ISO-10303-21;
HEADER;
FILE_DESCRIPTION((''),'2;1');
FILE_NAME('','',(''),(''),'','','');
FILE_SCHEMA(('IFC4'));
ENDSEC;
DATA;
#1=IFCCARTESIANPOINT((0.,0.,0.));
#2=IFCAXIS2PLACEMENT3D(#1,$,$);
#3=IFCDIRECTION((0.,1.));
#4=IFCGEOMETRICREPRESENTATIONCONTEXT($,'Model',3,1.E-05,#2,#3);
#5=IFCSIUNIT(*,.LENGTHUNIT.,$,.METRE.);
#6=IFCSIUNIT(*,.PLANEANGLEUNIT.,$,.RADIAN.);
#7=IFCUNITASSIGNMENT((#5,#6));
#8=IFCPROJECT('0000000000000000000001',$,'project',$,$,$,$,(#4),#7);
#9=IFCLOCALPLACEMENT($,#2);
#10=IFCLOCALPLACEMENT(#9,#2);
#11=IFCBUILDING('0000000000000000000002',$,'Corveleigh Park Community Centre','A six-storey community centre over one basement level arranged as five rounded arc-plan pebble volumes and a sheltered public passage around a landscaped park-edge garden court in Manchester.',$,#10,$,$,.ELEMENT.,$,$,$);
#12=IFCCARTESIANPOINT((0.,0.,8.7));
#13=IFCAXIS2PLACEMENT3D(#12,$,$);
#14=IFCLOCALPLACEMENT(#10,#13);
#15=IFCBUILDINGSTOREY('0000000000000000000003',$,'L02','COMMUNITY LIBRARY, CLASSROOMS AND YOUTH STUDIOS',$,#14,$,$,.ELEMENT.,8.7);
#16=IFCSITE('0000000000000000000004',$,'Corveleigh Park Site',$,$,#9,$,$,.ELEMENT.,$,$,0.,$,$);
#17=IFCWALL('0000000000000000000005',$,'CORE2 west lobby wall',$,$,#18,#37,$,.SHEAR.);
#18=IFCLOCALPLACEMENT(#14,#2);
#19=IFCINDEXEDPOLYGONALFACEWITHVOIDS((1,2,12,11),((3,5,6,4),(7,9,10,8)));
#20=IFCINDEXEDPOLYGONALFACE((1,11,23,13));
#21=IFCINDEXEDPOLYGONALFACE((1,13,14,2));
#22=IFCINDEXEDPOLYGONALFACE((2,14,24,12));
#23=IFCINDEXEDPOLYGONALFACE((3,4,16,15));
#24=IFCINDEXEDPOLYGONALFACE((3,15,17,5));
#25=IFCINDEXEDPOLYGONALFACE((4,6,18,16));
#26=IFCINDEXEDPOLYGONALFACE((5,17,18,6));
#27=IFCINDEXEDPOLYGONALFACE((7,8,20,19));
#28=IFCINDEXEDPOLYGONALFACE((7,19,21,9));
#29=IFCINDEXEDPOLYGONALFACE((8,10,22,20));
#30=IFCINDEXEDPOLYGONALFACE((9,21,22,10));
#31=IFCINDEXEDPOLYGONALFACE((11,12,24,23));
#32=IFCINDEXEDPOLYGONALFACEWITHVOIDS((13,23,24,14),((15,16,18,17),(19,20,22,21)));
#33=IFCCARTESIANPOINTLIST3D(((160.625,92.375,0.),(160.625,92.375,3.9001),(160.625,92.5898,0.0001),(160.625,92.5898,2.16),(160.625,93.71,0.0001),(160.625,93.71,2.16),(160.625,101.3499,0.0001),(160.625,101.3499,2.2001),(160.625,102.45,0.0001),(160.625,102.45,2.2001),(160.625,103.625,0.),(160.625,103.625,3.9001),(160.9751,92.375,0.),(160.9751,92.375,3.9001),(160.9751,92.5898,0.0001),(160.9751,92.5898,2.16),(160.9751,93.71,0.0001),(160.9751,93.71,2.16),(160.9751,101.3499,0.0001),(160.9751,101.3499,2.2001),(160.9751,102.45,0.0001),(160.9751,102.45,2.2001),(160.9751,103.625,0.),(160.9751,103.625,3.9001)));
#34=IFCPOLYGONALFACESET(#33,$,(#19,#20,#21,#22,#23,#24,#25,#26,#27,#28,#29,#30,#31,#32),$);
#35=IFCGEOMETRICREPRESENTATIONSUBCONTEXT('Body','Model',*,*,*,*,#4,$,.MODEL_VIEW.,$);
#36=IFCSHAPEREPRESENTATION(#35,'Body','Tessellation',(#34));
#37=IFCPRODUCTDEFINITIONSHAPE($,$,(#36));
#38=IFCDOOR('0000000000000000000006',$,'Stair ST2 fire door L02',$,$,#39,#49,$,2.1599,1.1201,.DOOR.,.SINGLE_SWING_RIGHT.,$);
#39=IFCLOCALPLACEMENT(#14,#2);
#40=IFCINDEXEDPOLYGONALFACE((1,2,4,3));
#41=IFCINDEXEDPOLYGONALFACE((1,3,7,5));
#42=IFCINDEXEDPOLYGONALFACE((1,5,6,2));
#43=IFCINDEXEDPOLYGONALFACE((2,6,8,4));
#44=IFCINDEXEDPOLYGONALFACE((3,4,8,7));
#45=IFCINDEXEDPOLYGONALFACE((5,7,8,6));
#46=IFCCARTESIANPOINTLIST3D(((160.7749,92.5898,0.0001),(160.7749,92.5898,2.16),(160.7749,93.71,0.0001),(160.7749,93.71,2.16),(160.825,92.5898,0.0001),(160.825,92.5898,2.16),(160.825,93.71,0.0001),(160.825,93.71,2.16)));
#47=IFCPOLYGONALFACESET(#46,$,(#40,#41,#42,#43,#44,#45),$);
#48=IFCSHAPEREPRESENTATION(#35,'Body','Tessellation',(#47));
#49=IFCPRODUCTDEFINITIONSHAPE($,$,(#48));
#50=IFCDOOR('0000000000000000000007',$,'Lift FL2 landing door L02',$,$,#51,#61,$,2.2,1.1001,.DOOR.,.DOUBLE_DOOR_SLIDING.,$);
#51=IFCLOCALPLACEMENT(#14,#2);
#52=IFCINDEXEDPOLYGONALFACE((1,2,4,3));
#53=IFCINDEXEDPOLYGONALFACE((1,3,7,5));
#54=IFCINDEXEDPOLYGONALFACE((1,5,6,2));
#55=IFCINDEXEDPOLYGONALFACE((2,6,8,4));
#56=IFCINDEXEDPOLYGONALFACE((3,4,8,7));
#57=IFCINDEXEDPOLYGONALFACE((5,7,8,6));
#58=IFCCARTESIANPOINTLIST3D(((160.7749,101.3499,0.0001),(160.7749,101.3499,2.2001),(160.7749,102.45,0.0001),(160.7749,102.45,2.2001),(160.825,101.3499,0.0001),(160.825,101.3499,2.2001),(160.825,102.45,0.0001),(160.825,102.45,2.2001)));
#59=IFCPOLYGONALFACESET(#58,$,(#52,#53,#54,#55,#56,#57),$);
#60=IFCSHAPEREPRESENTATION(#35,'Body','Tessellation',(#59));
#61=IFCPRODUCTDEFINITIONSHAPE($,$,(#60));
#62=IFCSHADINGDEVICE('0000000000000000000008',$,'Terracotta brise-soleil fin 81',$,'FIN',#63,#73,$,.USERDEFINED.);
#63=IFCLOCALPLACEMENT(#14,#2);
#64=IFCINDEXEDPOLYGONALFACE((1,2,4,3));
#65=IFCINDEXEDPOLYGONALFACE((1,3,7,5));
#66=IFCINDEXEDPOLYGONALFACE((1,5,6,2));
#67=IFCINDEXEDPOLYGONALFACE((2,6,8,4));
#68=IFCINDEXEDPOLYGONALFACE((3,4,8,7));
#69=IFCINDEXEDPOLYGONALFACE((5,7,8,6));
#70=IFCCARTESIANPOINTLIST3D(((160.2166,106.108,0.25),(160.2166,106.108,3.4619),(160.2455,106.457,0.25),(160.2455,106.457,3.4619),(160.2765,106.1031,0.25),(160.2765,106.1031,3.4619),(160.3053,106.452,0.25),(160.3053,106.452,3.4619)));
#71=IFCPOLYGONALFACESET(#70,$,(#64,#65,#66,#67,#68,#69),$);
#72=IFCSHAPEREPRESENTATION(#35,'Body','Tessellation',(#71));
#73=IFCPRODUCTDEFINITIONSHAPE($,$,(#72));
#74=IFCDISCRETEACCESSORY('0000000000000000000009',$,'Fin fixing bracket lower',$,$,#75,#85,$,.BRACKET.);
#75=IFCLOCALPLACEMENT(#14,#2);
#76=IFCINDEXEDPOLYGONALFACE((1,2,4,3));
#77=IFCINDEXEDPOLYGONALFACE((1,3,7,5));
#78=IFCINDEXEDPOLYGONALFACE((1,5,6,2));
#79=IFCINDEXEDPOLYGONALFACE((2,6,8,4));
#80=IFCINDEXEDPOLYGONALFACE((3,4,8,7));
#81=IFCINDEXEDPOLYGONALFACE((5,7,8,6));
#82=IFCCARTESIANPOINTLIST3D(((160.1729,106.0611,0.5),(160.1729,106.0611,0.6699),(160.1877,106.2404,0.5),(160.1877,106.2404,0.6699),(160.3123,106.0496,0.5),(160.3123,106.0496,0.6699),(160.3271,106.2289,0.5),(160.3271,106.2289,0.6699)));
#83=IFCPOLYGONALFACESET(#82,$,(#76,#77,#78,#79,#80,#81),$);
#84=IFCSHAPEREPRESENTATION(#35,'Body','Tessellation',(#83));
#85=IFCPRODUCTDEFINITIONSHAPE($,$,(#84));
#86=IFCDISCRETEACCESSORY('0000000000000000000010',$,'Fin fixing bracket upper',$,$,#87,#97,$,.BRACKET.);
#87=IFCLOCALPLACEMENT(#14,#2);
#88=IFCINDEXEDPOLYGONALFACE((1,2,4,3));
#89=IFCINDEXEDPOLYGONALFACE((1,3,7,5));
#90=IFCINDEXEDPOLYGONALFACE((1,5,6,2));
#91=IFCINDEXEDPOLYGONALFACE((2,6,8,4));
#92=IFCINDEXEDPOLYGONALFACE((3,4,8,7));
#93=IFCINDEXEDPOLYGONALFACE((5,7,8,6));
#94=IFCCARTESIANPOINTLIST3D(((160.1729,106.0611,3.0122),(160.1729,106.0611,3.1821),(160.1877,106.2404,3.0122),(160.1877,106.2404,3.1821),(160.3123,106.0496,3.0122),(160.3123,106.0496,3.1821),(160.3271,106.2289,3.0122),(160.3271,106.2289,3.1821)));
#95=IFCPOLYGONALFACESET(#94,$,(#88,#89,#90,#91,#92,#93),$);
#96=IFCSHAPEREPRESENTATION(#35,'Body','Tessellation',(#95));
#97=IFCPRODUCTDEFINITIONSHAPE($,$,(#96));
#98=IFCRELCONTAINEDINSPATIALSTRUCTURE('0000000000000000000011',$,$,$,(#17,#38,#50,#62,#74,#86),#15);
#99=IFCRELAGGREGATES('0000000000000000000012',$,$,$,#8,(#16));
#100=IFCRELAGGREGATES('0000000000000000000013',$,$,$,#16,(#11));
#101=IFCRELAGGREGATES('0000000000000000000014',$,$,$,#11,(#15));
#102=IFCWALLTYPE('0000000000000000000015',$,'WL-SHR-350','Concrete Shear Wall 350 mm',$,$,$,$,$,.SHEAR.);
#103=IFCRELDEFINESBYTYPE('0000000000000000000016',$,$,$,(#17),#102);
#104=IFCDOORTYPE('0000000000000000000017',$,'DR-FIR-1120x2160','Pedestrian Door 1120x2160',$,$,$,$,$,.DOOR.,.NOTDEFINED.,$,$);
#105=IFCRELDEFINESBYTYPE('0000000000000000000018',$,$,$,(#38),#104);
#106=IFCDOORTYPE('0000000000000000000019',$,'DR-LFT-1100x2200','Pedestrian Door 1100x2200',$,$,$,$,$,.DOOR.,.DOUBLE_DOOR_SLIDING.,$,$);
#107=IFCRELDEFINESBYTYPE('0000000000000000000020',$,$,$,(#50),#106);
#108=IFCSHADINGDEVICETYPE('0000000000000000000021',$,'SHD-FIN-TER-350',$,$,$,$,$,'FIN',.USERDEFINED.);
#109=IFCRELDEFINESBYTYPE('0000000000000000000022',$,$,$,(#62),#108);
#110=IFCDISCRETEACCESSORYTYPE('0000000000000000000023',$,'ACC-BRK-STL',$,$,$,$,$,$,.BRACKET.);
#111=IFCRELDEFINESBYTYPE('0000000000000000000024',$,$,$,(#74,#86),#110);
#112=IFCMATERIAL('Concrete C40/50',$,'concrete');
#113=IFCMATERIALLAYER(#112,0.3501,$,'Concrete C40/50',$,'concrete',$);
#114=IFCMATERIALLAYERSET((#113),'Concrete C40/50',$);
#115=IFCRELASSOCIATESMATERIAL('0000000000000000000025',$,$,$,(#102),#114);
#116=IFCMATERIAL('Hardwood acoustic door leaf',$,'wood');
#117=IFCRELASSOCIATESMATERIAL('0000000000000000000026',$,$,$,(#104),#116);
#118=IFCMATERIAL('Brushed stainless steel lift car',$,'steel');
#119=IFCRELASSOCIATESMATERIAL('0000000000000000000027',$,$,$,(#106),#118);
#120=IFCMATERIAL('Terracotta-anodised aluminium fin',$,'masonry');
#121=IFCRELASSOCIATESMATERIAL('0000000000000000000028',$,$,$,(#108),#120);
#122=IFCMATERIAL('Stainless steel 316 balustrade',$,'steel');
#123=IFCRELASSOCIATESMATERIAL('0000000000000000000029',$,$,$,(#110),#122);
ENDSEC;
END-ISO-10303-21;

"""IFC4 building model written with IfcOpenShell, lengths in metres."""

from ifc_helpers import new_model, si_unit, direction, frame, frame_2d, origin, origin_2d, place, context, subcontext, project, spatial, rectangle, extrude, material, layer, layer_set, type_object, element, fill, save


model = new_model("IFC4")

# Units and contexts
model_context = context("Model", 3, precision=1e-05, world=origin(), true_north=direction((0.0, 1.0)))
body_context = subcontext(model_context, "Body", "Model", "MODEL_VIEW")
ifc_project = project(units=[si_unit("LENGTHUNIT", "METRE"), si_unit("PLANEANGLEUNIT", "RADIAN")], contexts=[model_context])

# Site, building, storey
site_placement = place(None, origin())
site = spatial("IfcSite", under=ifc_project, at=site_placement, Name="Corveleigh Park Site", CompositionType="ELEMENT", RefElevation=0.0)
building_placement = place(site_placement, origin())
building = spatial("IfcBuilding", under=site, at=building_placement, Name="Corveleigh Park Community Centre", Description="A six-storey community centre over one basement level arranged as five rounded arc-plan pebble volumes and a sheltered public passage around a landscaped park-edge garden court in Manchester.", CompositionType="ELEMENT")
storey_placement = place(building_placement, frame((0.0, 0.0, 8.7)))
storey = spatial("IfcBuildingStorey", under=building, at=storey_placement, Name="L02", Description="COMMUNITY LIBRARY, CLASSROOMS AND YOUTH STUDIOS", CompositionType="ELEMENT", Elevation=8.7)

# Shared definitions
ifc_material_1 = material(Name="Concrete C40/50", Category="concrete")

# Wall, openings, doors
ifc_layer_1 = layer(ifc_material_1, 0.3501, Name="Concrete C40/50", Category="concrete")
ifc_layer_set_1 = layer_set([ifc_layer_1], Name="Concrete C40/50")
wall_type_1 = type_object("IfcWallType", Name="WL-SHR-350", Description="Concrete Shear Wall 350 mm", PredefinedType="SHEAR", material=ifc_layer_set_1)
wall_1_placement = place(storey_placement, frame((160.8, 103.625, 0.0), z_axis=(0.0, 0.0, 1.0), x_axis=(0.0, -1.0, 0.0)))
wall_1 = element("IfcWall", 1, at=wall_1_placement, inside=storey, type_object=wall_type_1, Name="CORE2 west lobby wall", PredefinedType="SHEAR", context=body_context, shape_type="SweptSolid", body=[
    extrude(rectangle(XDim=11.25, YDim=0.3501, at=frame_2d((5.625, 0.0))), origin(), (0.0, 0.0, 1.0), 3.9001),
])
opening_1_placement = place(wall_1_placement, frame((1.175, 0.0, 0.0)))
opening_1 = element("IfcOpeningElement", 2, at=opening_1_placement, cuts=wall_1, PredefinedType="OPENING", context=body_context, shape_type="SweptSolid", body=[
    extrude(rectangle(XDim=1.1001, YDim=2.2, at=frame_2d((0.55, 1.1001))), frame((0.0, 0.1851, 0.0), z_axis=(0.0, -1.0, 0.0), x_axis=(1.0, 0.0, 0.0)), (0.0, 0.0, 1.0), 0.3701),
])
opening_2_placement = place(wall_1_placement, frame((9.915, 0.0, 0.0)))
opening_2 = element("IfcOpeningElement", 3, at=opening_2_placement, cuts=wall_1, PredefinedType="OPENING", context=body_context, shape_type="SweptSolid", body=[
    extrude(rectangle(XDim=1.1201, YDim=2.1599, at=frame_2d((0.5601, 1.0801))), frame((0.0, 0.1851, 0.0), z_axis=(0.0, -1.0, 0.0), x_axis=(1.0, 0.0, 0.0)), (0.0, 0.0, 1.0), 0.3701),
])
ifc_material_2 = material(Name="Hardwood acoustic door leaf", Category="wood")
door_type_1 = type_object("IfcDoorType", Name="DR-FIR-1120x2160", Description="Pedestrian Door 1120x2160", OperationType="NOTDEFINED", PredefinedType="DOOR", material=ifc_material_2)
door_1_placement = place(opening_2_placement, origin())
door_1 = element("IfcDoor", 4, at=door_1_placement, inside=storey, type_object=door_type_1, Name="Stair ST2 fire door L02", OperationType="SINGLE_SWING_RIGHT", OverallHeight=2.1599, OverallWidth=1.1201, PredefinedType="DOOR", context=body_context, shape_type="SweptSolid", body=[
    extrude(rectangle(XDim=1.1201, YDim=2.1599, at=frame_2d((0.5601, 1.0801))), frame((0.0, 0.0249, 0.0), z_axis=(0.0, -1.0, 0.0), x_axis=(1.0, 0.0, 0.0)), (0.0, 0.0, 1.0), 0.05),
])
fill(opening_2, door_1)
ifc_material_3 = material(Name="Brushed stainless steel lift car", Category="steel")
door_type_2 = type_object("IfcDoorType", Name="DR-LFT-1100x2200", Description="Pedestrian Door 1100x2200", OperationType="DOUBLE_DOOR_SLIDING", PredefinedType="DOOR", material=ifc_material_3)
door_2_placement = place(opening_1_placement, origin())
door_2 = element("IfcDoor", 5, at=door_2_placement, inside=storey, type_object=door_type_2, Name="Lift FL2 landing door L02", OperationType="DOUBLE_DOOR_SLIDING", OverallHeight=2.2, OverallWidth=1.1001, PredefinedType="DOOR", context=body_context, shape_type="SweptSolid", body=[
    extrude(rectangle(XDim=1.1001, YDim=2.2, at=frame_2d((0.55, 1.1001))), frame((0.0, 0.0249, 0.0), z_axis=(0.0, -1.0, 0.0), x_axis=(1.0, 0.0, 0.0)), (0.0, 0.0, 1.0), 0.05),
])
fill(opening_1, door_2)

# Shading device
ifc_material_4 = material(Name="Terracotta-anodised aluminium fin", Category="masonry")
shading_device_type = type_object("IfcShadingDeviceType", Name="SHD-FIN-TER-350", ElementType="FIN", PredefinedType="USERDEFINED", material=ifc_material_4)
shading_device_placement = place(storey_placement, frame((160.261, 106.28, 0.25), z_axis=(0.0, 0.0, 1.0), x_axis=(0.082371, 0.996602, 0.0)))
element("IfcShadingDevice", 6, at=shading_device_placement, inside=storey, type_object=shading_device_type, Name="Terracotta brise-soleil fin 81", ObjectType="FIN", PredefinedType="USERDEFINED", context=body_context, shape_type="SweptSolid", body=[
    extrude(rectangle(XDim=0.3501, YDim=0.0601, at=origin_2d()), origin(), (0.0, 0.0, 1.0), 3.2119),
])

# Discrete accessories
ifc_material_5 = material(Name="Stainless steel 316 balustrade", Category="steel")
discrete_accessory_type = type_object("IfcDiscreteAccessoryType", Name="ACC-BRK-STL", PredefinedType="BRACKET", material=ifc_material_5)
for number, where, z_axis, x_axis, name in (
    (7, (160.25, 106.145, 0.5), (0.0, 0.0, 1.0), (0.082371, 0.996602, 0.0), "Fin fixing bracket lower"),
    (8, (160.25, 106.145, 3.0122), (0.0, 0.0, 1.0), (0.082371, 0.996602, 0.0), "Fin fixing bracket upper"),
):
    element("IfcDiscreteAccessory", number, at=place(storey_placement, frame(where, z_axis=z_axis, x_axis=x_axis)), inside=storey, type_object=discrete_accessory_type, Name=name, PredefinedType="BRACKET", context=body_context, shape_type="SweptSolid", body=[
        extrude(rectangle(XDim=0.1799, YDim=0.1399, at=origin_2d()), origin(), (0.0, 0.0, 1.0), 0.1699),
    ])

save(model, "model.ifc")
